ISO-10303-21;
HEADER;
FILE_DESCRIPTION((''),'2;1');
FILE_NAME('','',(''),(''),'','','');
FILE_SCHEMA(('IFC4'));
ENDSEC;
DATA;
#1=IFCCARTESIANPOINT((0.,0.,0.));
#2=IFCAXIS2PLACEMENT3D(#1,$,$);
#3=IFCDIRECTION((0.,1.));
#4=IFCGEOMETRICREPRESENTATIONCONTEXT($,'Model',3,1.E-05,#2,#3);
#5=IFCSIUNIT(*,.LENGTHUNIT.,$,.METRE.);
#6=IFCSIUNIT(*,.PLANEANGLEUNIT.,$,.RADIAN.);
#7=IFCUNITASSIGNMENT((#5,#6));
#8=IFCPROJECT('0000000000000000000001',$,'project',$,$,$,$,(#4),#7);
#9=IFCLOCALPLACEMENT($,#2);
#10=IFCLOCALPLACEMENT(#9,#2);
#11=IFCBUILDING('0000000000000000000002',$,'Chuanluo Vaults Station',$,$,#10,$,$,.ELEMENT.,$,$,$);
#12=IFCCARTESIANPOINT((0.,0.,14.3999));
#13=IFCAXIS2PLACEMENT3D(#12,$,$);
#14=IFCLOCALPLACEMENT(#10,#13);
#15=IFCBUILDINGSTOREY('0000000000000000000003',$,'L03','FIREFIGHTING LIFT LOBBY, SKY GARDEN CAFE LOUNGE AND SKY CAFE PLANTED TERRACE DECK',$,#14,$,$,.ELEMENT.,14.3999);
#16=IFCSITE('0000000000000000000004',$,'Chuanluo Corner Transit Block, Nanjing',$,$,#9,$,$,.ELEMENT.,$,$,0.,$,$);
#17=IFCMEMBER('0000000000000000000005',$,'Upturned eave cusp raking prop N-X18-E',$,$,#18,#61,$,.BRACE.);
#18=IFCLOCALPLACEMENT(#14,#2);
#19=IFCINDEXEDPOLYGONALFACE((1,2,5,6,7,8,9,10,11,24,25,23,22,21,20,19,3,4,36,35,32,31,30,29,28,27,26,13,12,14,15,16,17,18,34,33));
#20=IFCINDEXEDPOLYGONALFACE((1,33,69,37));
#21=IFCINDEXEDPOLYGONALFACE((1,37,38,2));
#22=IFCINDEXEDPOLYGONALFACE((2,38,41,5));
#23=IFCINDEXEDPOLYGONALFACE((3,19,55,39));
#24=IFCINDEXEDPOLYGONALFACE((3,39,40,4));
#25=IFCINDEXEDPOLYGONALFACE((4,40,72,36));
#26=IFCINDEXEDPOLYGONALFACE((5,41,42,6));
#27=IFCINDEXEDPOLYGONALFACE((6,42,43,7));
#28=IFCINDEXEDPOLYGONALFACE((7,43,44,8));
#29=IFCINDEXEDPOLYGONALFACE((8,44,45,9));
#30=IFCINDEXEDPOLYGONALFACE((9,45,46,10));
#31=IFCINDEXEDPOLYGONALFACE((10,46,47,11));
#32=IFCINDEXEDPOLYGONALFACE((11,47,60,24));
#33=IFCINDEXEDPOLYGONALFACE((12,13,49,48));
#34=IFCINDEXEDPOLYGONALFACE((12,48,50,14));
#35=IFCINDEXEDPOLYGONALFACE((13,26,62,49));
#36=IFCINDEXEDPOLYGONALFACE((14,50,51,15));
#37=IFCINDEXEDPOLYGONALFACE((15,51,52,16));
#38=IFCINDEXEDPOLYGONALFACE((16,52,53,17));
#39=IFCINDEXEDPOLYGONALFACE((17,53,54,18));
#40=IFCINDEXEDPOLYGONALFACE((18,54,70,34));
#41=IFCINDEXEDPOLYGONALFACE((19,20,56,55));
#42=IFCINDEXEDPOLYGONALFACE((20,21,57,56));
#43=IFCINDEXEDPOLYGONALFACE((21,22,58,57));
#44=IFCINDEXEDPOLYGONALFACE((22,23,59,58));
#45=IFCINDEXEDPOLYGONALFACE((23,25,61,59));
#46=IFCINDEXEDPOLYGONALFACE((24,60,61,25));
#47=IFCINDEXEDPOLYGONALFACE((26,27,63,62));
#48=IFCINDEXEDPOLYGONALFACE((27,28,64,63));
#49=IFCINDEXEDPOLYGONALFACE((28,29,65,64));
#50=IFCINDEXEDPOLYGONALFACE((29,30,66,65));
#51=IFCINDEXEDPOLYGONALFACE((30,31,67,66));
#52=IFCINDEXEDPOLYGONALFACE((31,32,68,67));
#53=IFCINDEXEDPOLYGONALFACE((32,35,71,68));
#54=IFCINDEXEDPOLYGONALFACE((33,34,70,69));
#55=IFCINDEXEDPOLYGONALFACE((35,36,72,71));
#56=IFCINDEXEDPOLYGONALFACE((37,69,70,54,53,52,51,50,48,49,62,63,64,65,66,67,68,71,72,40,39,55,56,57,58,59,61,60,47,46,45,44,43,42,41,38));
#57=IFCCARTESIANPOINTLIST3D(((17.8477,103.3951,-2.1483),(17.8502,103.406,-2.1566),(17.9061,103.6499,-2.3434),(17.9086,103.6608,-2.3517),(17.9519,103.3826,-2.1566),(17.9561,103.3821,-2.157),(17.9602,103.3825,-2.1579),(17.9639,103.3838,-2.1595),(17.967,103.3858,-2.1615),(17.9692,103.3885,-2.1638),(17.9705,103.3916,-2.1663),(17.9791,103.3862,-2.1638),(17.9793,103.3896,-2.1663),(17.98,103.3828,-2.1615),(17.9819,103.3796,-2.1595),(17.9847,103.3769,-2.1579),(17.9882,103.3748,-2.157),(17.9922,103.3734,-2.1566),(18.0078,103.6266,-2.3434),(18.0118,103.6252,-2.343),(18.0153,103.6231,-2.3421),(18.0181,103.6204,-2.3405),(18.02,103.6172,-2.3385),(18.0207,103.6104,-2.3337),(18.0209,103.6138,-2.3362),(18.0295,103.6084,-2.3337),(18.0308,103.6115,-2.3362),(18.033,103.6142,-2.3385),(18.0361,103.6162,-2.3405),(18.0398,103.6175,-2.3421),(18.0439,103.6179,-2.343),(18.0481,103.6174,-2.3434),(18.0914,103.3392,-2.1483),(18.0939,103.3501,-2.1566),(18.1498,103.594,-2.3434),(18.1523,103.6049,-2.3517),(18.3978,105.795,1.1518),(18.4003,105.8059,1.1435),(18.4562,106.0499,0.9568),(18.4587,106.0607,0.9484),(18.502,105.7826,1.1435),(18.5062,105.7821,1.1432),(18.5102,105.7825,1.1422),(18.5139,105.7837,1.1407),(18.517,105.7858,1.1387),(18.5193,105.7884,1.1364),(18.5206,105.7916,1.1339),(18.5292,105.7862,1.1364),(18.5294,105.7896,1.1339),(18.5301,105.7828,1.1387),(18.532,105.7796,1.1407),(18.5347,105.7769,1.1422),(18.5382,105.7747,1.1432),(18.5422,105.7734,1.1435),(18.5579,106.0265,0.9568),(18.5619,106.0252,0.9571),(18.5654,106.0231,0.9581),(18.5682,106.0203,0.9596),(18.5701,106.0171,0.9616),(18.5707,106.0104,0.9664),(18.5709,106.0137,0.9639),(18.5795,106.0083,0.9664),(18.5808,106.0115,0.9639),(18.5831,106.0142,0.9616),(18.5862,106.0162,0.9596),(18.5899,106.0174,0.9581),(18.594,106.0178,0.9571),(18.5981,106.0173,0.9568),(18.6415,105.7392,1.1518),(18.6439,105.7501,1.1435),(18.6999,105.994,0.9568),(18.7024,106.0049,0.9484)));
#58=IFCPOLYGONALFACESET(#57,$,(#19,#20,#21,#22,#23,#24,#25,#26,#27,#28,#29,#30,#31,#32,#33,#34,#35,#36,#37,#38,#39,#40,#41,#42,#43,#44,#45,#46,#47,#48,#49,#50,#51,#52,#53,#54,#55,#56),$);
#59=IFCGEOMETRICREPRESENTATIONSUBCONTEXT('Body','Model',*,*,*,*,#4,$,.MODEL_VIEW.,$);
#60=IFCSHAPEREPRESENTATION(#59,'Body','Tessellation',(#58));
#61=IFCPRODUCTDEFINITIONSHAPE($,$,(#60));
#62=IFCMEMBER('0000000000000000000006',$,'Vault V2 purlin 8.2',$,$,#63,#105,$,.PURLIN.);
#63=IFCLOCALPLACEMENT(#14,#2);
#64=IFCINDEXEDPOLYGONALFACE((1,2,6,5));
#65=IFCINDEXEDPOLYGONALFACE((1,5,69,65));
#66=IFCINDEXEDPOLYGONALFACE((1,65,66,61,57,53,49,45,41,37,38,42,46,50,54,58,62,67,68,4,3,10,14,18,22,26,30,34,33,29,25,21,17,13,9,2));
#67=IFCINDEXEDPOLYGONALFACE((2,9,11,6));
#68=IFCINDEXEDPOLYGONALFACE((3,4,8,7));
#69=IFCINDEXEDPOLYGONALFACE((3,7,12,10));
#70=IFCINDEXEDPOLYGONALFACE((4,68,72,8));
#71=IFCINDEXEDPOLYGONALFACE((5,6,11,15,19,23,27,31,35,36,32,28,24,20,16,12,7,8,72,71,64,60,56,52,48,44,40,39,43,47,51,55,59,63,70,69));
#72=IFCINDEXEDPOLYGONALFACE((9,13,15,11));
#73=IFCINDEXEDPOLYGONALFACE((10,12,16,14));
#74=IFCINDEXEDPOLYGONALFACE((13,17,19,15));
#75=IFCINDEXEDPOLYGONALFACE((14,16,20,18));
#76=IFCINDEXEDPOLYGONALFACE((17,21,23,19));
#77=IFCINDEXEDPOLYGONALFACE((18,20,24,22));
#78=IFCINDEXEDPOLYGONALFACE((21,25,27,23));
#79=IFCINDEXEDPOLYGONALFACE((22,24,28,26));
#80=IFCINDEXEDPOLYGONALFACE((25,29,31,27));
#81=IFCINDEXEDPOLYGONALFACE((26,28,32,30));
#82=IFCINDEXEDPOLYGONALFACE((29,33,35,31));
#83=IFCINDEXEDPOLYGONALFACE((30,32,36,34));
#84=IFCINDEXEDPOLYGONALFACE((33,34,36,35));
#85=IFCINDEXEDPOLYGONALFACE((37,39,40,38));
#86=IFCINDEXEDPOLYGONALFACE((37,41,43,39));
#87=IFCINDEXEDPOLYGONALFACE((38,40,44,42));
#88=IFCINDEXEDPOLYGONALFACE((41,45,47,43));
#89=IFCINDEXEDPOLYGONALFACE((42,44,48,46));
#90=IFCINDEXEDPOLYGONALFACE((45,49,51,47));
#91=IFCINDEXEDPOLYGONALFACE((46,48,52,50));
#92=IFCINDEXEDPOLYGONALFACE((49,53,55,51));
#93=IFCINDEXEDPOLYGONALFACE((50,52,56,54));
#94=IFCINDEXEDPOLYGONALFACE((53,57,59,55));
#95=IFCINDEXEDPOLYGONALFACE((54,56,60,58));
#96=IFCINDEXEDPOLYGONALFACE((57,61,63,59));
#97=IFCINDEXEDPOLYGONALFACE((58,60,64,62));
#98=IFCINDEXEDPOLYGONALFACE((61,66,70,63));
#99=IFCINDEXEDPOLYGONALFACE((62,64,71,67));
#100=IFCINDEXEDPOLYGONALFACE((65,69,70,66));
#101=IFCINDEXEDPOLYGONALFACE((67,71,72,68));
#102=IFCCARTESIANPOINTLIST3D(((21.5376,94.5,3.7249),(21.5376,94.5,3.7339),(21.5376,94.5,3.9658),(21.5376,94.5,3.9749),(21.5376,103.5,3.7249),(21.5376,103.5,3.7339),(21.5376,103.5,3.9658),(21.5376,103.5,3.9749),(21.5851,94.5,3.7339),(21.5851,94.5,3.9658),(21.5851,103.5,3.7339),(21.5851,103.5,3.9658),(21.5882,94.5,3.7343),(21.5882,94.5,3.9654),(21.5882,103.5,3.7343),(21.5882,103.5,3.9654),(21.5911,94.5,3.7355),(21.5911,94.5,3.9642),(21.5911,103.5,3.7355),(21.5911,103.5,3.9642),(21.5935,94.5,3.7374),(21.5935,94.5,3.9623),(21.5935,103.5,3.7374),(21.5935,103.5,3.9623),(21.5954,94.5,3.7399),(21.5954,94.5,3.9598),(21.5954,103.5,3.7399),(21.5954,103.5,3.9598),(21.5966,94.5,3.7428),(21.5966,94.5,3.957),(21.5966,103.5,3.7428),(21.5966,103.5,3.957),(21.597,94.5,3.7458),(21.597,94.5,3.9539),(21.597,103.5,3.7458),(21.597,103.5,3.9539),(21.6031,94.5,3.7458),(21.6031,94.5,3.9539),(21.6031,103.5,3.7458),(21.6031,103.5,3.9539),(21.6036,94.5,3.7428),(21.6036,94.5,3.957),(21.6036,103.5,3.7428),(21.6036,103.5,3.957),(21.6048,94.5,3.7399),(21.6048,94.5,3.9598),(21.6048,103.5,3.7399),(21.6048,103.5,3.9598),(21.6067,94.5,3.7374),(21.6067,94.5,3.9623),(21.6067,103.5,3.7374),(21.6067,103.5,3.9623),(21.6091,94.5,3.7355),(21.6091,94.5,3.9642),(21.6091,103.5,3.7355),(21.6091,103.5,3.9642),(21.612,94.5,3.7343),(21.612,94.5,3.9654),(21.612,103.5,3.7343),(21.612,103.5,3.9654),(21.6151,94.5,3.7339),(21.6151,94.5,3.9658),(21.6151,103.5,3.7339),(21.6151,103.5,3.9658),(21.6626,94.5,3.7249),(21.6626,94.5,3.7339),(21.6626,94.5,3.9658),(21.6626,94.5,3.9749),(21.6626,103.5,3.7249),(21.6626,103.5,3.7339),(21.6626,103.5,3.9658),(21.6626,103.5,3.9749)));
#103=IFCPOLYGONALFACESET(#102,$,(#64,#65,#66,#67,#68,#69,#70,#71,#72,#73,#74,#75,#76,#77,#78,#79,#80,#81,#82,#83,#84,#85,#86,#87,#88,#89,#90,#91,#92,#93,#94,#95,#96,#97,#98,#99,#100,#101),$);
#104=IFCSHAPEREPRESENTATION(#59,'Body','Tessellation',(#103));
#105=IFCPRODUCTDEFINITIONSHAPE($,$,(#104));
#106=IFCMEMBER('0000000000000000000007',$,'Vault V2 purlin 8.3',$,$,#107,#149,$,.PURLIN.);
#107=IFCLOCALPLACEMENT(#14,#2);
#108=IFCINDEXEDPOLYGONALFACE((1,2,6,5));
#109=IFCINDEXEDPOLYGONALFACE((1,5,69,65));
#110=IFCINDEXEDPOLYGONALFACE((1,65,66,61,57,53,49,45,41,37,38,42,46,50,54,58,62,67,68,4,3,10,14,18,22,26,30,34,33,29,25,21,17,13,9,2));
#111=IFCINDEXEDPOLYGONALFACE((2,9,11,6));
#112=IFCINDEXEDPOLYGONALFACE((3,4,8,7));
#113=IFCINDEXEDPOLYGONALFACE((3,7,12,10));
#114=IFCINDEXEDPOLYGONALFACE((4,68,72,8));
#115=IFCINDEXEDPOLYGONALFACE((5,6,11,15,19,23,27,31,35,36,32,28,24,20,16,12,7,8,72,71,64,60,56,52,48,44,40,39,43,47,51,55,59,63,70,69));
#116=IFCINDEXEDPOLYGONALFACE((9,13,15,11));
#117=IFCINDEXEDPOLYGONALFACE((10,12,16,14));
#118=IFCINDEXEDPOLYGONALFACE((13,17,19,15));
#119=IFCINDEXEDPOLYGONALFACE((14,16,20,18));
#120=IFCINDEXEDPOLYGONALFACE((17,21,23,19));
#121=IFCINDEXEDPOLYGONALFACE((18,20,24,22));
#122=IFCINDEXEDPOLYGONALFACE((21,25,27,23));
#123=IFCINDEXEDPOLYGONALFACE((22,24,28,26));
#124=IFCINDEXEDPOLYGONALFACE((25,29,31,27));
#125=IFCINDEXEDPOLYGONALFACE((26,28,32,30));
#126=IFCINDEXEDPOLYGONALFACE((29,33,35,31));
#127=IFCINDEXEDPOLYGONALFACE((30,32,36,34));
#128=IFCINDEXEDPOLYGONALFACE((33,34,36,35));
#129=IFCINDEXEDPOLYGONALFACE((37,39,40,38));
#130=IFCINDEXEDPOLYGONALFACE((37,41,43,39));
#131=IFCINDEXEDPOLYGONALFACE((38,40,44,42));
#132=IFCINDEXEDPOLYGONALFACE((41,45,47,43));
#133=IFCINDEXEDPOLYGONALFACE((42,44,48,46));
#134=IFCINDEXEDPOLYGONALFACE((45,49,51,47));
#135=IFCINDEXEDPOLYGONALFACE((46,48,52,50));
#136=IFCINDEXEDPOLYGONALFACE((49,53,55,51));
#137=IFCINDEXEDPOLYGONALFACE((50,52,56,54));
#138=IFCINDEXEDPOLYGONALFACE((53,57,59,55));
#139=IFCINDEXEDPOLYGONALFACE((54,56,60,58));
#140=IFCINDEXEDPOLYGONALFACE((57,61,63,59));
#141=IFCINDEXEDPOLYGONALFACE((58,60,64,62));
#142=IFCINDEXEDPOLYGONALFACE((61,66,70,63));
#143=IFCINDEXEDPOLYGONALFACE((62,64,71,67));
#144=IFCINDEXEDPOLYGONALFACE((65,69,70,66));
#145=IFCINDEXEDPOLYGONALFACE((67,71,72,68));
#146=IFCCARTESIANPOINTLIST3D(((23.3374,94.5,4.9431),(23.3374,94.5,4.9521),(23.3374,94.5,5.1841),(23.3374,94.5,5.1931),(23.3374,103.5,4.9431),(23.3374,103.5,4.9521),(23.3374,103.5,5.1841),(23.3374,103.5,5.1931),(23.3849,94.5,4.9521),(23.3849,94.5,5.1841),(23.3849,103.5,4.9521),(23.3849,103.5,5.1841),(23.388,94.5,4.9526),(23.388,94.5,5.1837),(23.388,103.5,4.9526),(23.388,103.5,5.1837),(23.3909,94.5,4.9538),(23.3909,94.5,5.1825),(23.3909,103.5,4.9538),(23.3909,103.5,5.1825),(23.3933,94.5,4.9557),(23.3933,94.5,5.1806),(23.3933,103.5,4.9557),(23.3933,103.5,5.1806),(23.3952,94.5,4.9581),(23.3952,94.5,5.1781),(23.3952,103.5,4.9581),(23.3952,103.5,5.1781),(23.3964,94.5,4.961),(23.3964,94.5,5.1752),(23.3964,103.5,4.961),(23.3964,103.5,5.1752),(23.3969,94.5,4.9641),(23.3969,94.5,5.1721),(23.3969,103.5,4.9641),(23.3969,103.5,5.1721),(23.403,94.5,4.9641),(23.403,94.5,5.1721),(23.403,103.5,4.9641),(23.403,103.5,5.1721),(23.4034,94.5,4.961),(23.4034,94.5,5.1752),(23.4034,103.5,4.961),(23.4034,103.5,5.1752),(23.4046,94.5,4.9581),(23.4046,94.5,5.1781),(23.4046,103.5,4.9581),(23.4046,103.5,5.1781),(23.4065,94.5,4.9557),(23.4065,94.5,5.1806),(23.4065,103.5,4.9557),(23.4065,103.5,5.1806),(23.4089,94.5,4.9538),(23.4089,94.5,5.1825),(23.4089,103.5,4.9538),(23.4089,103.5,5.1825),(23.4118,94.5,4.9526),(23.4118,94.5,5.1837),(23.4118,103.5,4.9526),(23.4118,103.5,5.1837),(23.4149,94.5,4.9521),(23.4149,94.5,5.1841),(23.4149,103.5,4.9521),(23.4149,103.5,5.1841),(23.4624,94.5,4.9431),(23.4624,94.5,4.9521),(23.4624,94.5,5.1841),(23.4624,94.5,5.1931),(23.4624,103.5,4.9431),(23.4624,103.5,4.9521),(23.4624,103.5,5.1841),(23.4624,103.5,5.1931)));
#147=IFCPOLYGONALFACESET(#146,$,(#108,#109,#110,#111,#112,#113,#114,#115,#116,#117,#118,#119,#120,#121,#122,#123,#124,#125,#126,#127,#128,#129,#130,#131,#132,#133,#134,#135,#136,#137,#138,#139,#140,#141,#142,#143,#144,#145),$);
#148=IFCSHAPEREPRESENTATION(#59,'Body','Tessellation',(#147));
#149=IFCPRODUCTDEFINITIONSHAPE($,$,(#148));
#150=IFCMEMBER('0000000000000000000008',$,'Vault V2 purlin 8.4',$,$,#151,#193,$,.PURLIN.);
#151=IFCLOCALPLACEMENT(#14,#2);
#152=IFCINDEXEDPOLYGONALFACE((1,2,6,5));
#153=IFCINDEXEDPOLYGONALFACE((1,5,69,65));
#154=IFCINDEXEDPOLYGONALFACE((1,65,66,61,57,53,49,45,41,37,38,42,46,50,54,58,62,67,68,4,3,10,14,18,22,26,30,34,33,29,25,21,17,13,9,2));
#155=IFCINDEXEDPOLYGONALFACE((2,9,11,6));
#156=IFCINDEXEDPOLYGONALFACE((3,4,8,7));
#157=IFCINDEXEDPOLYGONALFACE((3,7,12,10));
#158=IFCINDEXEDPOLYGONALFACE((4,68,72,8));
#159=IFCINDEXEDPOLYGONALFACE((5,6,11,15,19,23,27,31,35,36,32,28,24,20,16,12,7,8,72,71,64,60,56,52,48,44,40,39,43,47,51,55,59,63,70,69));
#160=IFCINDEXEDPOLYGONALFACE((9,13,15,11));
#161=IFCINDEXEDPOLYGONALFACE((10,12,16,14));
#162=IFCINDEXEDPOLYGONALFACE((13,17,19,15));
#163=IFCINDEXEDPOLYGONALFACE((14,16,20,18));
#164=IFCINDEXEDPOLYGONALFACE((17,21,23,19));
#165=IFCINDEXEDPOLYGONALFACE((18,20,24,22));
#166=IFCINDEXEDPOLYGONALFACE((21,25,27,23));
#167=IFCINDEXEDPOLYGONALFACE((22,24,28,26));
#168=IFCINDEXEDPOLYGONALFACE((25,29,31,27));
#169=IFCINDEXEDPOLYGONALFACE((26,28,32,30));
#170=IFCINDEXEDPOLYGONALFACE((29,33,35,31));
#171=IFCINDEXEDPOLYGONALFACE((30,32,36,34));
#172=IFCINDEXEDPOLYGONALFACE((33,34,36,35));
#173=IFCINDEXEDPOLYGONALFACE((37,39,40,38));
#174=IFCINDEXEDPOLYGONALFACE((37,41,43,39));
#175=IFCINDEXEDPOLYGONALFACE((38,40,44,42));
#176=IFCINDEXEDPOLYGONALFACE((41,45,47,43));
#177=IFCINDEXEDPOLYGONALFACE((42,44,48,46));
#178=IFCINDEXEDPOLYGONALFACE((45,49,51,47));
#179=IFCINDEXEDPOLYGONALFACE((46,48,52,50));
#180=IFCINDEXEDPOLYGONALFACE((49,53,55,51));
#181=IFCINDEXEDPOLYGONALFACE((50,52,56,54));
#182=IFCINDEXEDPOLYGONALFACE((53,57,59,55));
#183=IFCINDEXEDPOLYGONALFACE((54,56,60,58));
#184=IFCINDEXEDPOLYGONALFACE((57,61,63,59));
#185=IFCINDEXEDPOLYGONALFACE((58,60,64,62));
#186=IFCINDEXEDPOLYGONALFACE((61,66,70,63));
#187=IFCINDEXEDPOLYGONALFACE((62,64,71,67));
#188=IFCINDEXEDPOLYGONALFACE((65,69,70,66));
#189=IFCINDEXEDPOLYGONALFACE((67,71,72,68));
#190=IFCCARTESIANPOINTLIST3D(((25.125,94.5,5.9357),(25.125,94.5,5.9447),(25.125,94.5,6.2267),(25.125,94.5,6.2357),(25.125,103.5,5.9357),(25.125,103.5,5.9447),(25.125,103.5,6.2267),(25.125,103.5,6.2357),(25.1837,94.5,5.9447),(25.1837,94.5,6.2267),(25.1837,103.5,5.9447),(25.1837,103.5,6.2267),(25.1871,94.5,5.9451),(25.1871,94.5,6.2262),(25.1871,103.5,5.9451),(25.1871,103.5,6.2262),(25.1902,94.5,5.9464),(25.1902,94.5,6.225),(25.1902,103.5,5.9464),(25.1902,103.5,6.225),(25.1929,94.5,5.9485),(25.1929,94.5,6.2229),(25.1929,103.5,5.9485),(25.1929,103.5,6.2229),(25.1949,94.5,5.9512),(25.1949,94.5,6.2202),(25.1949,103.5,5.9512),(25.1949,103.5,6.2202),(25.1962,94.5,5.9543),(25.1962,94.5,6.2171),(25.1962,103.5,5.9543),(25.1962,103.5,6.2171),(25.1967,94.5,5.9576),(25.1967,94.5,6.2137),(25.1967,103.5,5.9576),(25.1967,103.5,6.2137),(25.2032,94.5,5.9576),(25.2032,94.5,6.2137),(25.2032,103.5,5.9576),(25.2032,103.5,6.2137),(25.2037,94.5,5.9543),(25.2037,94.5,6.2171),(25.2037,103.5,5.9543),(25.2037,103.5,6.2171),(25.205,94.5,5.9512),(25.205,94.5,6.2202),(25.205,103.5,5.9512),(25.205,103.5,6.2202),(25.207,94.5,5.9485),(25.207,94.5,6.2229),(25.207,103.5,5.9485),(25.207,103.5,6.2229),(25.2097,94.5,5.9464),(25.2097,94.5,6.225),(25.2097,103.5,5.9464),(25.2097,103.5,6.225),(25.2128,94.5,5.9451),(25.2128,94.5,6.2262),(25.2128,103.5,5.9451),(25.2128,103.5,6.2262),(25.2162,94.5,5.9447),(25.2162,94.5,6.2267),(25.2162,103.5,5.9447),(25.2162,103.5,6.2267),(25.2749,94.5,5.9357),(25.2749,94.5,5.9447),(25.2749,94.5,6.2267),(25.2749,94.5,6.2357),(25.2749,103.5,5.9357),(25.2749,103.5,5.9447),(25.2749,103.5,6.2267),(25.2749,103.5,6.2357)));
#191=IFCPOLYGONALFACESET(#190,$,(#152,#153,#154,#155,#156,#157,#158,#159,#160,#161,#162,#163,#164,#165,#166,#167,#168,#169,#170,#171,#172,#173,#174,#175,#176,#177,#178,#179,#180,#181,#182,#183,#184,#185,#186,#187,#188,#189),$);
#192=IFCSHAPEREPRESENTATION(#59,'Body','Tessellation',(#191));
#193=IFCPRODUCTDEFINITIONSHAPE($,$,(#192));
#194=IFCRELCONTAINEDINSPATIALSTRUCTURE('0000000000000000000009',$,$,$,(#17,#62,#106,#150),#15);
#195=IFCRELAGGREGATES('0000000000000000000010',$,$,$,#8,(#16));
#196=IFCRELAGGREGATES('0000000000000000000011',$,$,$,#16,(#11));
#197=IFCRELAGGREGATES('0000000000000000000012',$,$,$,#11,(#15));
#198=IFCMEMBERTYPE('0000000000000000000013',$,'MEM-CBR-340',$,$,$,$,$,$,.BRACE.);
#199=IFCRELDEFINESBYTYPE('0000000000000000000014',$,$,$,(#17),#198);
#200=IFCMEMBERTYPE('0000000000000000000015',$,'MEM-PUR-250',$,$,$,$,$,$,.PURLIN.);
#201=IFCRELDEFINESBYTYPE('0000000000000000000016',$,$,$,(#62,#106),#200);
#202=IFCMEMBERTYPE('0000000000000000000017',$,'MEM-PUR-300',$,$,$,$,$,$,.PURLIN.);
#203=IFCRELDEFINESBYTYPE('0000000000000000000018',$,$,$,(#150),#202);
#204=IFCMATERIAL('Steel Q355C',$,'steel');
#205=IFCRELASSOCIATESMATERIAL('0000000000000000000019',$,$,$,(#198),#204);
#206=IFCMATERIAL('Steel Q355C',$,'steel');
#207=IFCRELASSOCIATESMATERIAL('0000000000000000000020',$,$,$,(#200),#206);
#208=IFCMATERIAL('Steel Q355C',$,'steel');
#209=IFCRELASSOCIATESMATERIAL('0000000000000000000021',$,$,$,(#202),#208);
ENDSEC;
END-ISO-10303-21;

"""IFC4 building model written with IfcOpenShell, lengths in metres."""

from ifc_helpers import new_model, si_unit, direction, frame, origin, origin_2d, place, context, subcontext, project, spatial, i_section, extrude, material, material_profile, profile_set, type_object, element, save


model = new_model("IFC4")

# Units and contexts
model_context = context("Model", 3, precision=1e-05, world=origin(), true_north=direction((0.0, 1.0)))
body_context = subcontext(model_context, "Body", "Model", "MODEL_VIEW")
ifc_project = project(units=[si_unit("LENGTHUNIT", "METRE"), si_unit("PLANEANGLEUNIT", "RADIAN")], contexts=[model_context])

# Site, building, storey
site_placement = place(None, origin())
site = spatial("IfcSite", under=ifc_project, at=site_placement, Name="Chuanluo Corner Transit Block, Nanjing", CompositionType="ELEMENT", RefElevation=0.0)
building_placement = place(site_placement, origin())
building = spatial("IfcBuilding", under=site, at=building_placement, Name="Chuanluo Vaults Station", CompositionType="ELEMENT")
storey_placement = place(building_placement, frame((0.0, 0.0, 14.3999)))
storey = spatial("IfcBuildingStorey", under=building, at=storey_placement, Name="L03", Description="FIREFIGHTING LIFT LOBBY, SKY GARDEN CAFE LOUNGE AND SKY CAFE PLANTED TERRACE DECK", CompositionType="ELEMENT", Elevation=14.3999)

# Members
ifc_material_1 = material(Name="Steel Q355C", Category="steel")
ifc_material_profile_1 = material_profile(ifc_material_1, i_section(OverallWidth=0.25, OverallDepth=0.3401, WebThickness=0.009, FlangeThickness=0.0139, FilletRadius=0.0161, at=origin_2d()))
ifc_profile_set_1 = profile_set([ifc_material_profile_1], Name="Steel Q355C")
member_type_1 = type_object("IfcMemberType", Name="MEM-CBR-340", PredefinedType="BRACE", material=ifc_profile_set_1)
for number, where, z_axis, x_axis, name in (
    (1, (18.0, 103.5, -2.25), (0.133594, 0.582878, 0.801502), (-0.974726, 0.223404, 0.0), "Upturned eave cusp raking prop N-X18-E"),
):
    element("IfcMember", number, at=place(storey_placement, frame(where, z_axis=z_axis, x_axis=x_axis)), inside=storey, type_object=member_type_1, Name=name, PredefinedType="BRACE", context=body_context, shape_type="SweptSolid", body=[
        extrude(i_section(OverallWidth=0.25, OverallDepth=0.3401, WebThickness=0.009, FlangeThickness=0.0139, FilletRadius=0.0161, at=origin_2d()), origin(), (0.0, 0.0, 1.0), 4.1174),
    ])
ifc_material_2 = material(Name="Steel Q355C", Category="steel")
ifc_material_profile_2 = material_profile(ifc_material_2, i_section(OverallWidth=0.125, OverallDepth=0.25, WebThickness=0.0061, FlangeThickness=0.009, FilletRadius=0.012, at=origin_2d()))
ifc_profile_set_2 = profile_set([ifc_material_profile_2], Name="Steel Q355C")
member_type_2 = type_object("IfcMemberType", Name="MEM-PUR-250", PredefinedType="PURLIN", material=ifc_profile_set_2)
for number, where, z_axis, x_axis, name in (
    (2, (21.6001, 94.5, 3.8499), (0.0, 1.0, 0.0), (-1.0, 0.0, 0.0), "Vault V2 purlin 8.2"),
    (3, (23.3999, 94.5, 5.0681), (0.0, 1.0, 0.0), (-1.0, 0.0, 0.0), "Vault V2 purlin 8.3"),
):
    element("IfcMember", number, at=place(storey_placement, frame(where, z_axis=z_axis, x_axis=x_axis)), inside=storey, type_object=member_type_2, Name=name, PredefinedType="PURLIN", context=body_context, shape_type="SweptSolid", body=[
        extrude(i_section(OverallWidth=0.125, OverallDepth=0.25, WebThickness=0.0061, FlangeThickness=0.009, FilletRadius=0.012, at=origin_2d()), origin(), (0.0, 0.0, 1.0), 9.0),
    ])
ifc_material_3 = material(Name="Steel Q355C", Category="steel")
ifc_material_profile_3 = material_profile(ifc_material_3, i_section(OverallWidth=0.1499, OverallDepth=0.3, WebThickness=0.0066, FlangeThickness=0.009, FilletRadius=0.0129, at=origin_2d()))
ifc_profile_set_3 = profile_set([ifc_material_profile_3], Name="Steel Q355C")
member_type_3 = type_object("IfcMemberType", Name="MEM-PUR-300", PredefinedType="PURLIN", material=ifc_profile_set_3)
member_1_placement = place(storey_placement, frame((25.2, 94.5, 6.0857), z_axis=(0.0, 1.0, 0.0), x_axis=(-1.0, 0.0, 0.0)))
element("IfcMember", 4, at=member_1_placement, inside=storey, type_object=member_type_3, Name="Vault V2 purlin 8.4", PredefinedType="PURLIN", context=body_context, shape_type="SweptSolid", body=[
    extrude(i_section(OverallWidth=0.1499, OverallDepth=0.3, WebThickness=0.0066, FlangeThickness=0.009, FilletRadius=0.0129, at=origin_2d()), origin(), (0.0, 0.0, 1.0), 9.0),
])

save(model, "model.ifc")
